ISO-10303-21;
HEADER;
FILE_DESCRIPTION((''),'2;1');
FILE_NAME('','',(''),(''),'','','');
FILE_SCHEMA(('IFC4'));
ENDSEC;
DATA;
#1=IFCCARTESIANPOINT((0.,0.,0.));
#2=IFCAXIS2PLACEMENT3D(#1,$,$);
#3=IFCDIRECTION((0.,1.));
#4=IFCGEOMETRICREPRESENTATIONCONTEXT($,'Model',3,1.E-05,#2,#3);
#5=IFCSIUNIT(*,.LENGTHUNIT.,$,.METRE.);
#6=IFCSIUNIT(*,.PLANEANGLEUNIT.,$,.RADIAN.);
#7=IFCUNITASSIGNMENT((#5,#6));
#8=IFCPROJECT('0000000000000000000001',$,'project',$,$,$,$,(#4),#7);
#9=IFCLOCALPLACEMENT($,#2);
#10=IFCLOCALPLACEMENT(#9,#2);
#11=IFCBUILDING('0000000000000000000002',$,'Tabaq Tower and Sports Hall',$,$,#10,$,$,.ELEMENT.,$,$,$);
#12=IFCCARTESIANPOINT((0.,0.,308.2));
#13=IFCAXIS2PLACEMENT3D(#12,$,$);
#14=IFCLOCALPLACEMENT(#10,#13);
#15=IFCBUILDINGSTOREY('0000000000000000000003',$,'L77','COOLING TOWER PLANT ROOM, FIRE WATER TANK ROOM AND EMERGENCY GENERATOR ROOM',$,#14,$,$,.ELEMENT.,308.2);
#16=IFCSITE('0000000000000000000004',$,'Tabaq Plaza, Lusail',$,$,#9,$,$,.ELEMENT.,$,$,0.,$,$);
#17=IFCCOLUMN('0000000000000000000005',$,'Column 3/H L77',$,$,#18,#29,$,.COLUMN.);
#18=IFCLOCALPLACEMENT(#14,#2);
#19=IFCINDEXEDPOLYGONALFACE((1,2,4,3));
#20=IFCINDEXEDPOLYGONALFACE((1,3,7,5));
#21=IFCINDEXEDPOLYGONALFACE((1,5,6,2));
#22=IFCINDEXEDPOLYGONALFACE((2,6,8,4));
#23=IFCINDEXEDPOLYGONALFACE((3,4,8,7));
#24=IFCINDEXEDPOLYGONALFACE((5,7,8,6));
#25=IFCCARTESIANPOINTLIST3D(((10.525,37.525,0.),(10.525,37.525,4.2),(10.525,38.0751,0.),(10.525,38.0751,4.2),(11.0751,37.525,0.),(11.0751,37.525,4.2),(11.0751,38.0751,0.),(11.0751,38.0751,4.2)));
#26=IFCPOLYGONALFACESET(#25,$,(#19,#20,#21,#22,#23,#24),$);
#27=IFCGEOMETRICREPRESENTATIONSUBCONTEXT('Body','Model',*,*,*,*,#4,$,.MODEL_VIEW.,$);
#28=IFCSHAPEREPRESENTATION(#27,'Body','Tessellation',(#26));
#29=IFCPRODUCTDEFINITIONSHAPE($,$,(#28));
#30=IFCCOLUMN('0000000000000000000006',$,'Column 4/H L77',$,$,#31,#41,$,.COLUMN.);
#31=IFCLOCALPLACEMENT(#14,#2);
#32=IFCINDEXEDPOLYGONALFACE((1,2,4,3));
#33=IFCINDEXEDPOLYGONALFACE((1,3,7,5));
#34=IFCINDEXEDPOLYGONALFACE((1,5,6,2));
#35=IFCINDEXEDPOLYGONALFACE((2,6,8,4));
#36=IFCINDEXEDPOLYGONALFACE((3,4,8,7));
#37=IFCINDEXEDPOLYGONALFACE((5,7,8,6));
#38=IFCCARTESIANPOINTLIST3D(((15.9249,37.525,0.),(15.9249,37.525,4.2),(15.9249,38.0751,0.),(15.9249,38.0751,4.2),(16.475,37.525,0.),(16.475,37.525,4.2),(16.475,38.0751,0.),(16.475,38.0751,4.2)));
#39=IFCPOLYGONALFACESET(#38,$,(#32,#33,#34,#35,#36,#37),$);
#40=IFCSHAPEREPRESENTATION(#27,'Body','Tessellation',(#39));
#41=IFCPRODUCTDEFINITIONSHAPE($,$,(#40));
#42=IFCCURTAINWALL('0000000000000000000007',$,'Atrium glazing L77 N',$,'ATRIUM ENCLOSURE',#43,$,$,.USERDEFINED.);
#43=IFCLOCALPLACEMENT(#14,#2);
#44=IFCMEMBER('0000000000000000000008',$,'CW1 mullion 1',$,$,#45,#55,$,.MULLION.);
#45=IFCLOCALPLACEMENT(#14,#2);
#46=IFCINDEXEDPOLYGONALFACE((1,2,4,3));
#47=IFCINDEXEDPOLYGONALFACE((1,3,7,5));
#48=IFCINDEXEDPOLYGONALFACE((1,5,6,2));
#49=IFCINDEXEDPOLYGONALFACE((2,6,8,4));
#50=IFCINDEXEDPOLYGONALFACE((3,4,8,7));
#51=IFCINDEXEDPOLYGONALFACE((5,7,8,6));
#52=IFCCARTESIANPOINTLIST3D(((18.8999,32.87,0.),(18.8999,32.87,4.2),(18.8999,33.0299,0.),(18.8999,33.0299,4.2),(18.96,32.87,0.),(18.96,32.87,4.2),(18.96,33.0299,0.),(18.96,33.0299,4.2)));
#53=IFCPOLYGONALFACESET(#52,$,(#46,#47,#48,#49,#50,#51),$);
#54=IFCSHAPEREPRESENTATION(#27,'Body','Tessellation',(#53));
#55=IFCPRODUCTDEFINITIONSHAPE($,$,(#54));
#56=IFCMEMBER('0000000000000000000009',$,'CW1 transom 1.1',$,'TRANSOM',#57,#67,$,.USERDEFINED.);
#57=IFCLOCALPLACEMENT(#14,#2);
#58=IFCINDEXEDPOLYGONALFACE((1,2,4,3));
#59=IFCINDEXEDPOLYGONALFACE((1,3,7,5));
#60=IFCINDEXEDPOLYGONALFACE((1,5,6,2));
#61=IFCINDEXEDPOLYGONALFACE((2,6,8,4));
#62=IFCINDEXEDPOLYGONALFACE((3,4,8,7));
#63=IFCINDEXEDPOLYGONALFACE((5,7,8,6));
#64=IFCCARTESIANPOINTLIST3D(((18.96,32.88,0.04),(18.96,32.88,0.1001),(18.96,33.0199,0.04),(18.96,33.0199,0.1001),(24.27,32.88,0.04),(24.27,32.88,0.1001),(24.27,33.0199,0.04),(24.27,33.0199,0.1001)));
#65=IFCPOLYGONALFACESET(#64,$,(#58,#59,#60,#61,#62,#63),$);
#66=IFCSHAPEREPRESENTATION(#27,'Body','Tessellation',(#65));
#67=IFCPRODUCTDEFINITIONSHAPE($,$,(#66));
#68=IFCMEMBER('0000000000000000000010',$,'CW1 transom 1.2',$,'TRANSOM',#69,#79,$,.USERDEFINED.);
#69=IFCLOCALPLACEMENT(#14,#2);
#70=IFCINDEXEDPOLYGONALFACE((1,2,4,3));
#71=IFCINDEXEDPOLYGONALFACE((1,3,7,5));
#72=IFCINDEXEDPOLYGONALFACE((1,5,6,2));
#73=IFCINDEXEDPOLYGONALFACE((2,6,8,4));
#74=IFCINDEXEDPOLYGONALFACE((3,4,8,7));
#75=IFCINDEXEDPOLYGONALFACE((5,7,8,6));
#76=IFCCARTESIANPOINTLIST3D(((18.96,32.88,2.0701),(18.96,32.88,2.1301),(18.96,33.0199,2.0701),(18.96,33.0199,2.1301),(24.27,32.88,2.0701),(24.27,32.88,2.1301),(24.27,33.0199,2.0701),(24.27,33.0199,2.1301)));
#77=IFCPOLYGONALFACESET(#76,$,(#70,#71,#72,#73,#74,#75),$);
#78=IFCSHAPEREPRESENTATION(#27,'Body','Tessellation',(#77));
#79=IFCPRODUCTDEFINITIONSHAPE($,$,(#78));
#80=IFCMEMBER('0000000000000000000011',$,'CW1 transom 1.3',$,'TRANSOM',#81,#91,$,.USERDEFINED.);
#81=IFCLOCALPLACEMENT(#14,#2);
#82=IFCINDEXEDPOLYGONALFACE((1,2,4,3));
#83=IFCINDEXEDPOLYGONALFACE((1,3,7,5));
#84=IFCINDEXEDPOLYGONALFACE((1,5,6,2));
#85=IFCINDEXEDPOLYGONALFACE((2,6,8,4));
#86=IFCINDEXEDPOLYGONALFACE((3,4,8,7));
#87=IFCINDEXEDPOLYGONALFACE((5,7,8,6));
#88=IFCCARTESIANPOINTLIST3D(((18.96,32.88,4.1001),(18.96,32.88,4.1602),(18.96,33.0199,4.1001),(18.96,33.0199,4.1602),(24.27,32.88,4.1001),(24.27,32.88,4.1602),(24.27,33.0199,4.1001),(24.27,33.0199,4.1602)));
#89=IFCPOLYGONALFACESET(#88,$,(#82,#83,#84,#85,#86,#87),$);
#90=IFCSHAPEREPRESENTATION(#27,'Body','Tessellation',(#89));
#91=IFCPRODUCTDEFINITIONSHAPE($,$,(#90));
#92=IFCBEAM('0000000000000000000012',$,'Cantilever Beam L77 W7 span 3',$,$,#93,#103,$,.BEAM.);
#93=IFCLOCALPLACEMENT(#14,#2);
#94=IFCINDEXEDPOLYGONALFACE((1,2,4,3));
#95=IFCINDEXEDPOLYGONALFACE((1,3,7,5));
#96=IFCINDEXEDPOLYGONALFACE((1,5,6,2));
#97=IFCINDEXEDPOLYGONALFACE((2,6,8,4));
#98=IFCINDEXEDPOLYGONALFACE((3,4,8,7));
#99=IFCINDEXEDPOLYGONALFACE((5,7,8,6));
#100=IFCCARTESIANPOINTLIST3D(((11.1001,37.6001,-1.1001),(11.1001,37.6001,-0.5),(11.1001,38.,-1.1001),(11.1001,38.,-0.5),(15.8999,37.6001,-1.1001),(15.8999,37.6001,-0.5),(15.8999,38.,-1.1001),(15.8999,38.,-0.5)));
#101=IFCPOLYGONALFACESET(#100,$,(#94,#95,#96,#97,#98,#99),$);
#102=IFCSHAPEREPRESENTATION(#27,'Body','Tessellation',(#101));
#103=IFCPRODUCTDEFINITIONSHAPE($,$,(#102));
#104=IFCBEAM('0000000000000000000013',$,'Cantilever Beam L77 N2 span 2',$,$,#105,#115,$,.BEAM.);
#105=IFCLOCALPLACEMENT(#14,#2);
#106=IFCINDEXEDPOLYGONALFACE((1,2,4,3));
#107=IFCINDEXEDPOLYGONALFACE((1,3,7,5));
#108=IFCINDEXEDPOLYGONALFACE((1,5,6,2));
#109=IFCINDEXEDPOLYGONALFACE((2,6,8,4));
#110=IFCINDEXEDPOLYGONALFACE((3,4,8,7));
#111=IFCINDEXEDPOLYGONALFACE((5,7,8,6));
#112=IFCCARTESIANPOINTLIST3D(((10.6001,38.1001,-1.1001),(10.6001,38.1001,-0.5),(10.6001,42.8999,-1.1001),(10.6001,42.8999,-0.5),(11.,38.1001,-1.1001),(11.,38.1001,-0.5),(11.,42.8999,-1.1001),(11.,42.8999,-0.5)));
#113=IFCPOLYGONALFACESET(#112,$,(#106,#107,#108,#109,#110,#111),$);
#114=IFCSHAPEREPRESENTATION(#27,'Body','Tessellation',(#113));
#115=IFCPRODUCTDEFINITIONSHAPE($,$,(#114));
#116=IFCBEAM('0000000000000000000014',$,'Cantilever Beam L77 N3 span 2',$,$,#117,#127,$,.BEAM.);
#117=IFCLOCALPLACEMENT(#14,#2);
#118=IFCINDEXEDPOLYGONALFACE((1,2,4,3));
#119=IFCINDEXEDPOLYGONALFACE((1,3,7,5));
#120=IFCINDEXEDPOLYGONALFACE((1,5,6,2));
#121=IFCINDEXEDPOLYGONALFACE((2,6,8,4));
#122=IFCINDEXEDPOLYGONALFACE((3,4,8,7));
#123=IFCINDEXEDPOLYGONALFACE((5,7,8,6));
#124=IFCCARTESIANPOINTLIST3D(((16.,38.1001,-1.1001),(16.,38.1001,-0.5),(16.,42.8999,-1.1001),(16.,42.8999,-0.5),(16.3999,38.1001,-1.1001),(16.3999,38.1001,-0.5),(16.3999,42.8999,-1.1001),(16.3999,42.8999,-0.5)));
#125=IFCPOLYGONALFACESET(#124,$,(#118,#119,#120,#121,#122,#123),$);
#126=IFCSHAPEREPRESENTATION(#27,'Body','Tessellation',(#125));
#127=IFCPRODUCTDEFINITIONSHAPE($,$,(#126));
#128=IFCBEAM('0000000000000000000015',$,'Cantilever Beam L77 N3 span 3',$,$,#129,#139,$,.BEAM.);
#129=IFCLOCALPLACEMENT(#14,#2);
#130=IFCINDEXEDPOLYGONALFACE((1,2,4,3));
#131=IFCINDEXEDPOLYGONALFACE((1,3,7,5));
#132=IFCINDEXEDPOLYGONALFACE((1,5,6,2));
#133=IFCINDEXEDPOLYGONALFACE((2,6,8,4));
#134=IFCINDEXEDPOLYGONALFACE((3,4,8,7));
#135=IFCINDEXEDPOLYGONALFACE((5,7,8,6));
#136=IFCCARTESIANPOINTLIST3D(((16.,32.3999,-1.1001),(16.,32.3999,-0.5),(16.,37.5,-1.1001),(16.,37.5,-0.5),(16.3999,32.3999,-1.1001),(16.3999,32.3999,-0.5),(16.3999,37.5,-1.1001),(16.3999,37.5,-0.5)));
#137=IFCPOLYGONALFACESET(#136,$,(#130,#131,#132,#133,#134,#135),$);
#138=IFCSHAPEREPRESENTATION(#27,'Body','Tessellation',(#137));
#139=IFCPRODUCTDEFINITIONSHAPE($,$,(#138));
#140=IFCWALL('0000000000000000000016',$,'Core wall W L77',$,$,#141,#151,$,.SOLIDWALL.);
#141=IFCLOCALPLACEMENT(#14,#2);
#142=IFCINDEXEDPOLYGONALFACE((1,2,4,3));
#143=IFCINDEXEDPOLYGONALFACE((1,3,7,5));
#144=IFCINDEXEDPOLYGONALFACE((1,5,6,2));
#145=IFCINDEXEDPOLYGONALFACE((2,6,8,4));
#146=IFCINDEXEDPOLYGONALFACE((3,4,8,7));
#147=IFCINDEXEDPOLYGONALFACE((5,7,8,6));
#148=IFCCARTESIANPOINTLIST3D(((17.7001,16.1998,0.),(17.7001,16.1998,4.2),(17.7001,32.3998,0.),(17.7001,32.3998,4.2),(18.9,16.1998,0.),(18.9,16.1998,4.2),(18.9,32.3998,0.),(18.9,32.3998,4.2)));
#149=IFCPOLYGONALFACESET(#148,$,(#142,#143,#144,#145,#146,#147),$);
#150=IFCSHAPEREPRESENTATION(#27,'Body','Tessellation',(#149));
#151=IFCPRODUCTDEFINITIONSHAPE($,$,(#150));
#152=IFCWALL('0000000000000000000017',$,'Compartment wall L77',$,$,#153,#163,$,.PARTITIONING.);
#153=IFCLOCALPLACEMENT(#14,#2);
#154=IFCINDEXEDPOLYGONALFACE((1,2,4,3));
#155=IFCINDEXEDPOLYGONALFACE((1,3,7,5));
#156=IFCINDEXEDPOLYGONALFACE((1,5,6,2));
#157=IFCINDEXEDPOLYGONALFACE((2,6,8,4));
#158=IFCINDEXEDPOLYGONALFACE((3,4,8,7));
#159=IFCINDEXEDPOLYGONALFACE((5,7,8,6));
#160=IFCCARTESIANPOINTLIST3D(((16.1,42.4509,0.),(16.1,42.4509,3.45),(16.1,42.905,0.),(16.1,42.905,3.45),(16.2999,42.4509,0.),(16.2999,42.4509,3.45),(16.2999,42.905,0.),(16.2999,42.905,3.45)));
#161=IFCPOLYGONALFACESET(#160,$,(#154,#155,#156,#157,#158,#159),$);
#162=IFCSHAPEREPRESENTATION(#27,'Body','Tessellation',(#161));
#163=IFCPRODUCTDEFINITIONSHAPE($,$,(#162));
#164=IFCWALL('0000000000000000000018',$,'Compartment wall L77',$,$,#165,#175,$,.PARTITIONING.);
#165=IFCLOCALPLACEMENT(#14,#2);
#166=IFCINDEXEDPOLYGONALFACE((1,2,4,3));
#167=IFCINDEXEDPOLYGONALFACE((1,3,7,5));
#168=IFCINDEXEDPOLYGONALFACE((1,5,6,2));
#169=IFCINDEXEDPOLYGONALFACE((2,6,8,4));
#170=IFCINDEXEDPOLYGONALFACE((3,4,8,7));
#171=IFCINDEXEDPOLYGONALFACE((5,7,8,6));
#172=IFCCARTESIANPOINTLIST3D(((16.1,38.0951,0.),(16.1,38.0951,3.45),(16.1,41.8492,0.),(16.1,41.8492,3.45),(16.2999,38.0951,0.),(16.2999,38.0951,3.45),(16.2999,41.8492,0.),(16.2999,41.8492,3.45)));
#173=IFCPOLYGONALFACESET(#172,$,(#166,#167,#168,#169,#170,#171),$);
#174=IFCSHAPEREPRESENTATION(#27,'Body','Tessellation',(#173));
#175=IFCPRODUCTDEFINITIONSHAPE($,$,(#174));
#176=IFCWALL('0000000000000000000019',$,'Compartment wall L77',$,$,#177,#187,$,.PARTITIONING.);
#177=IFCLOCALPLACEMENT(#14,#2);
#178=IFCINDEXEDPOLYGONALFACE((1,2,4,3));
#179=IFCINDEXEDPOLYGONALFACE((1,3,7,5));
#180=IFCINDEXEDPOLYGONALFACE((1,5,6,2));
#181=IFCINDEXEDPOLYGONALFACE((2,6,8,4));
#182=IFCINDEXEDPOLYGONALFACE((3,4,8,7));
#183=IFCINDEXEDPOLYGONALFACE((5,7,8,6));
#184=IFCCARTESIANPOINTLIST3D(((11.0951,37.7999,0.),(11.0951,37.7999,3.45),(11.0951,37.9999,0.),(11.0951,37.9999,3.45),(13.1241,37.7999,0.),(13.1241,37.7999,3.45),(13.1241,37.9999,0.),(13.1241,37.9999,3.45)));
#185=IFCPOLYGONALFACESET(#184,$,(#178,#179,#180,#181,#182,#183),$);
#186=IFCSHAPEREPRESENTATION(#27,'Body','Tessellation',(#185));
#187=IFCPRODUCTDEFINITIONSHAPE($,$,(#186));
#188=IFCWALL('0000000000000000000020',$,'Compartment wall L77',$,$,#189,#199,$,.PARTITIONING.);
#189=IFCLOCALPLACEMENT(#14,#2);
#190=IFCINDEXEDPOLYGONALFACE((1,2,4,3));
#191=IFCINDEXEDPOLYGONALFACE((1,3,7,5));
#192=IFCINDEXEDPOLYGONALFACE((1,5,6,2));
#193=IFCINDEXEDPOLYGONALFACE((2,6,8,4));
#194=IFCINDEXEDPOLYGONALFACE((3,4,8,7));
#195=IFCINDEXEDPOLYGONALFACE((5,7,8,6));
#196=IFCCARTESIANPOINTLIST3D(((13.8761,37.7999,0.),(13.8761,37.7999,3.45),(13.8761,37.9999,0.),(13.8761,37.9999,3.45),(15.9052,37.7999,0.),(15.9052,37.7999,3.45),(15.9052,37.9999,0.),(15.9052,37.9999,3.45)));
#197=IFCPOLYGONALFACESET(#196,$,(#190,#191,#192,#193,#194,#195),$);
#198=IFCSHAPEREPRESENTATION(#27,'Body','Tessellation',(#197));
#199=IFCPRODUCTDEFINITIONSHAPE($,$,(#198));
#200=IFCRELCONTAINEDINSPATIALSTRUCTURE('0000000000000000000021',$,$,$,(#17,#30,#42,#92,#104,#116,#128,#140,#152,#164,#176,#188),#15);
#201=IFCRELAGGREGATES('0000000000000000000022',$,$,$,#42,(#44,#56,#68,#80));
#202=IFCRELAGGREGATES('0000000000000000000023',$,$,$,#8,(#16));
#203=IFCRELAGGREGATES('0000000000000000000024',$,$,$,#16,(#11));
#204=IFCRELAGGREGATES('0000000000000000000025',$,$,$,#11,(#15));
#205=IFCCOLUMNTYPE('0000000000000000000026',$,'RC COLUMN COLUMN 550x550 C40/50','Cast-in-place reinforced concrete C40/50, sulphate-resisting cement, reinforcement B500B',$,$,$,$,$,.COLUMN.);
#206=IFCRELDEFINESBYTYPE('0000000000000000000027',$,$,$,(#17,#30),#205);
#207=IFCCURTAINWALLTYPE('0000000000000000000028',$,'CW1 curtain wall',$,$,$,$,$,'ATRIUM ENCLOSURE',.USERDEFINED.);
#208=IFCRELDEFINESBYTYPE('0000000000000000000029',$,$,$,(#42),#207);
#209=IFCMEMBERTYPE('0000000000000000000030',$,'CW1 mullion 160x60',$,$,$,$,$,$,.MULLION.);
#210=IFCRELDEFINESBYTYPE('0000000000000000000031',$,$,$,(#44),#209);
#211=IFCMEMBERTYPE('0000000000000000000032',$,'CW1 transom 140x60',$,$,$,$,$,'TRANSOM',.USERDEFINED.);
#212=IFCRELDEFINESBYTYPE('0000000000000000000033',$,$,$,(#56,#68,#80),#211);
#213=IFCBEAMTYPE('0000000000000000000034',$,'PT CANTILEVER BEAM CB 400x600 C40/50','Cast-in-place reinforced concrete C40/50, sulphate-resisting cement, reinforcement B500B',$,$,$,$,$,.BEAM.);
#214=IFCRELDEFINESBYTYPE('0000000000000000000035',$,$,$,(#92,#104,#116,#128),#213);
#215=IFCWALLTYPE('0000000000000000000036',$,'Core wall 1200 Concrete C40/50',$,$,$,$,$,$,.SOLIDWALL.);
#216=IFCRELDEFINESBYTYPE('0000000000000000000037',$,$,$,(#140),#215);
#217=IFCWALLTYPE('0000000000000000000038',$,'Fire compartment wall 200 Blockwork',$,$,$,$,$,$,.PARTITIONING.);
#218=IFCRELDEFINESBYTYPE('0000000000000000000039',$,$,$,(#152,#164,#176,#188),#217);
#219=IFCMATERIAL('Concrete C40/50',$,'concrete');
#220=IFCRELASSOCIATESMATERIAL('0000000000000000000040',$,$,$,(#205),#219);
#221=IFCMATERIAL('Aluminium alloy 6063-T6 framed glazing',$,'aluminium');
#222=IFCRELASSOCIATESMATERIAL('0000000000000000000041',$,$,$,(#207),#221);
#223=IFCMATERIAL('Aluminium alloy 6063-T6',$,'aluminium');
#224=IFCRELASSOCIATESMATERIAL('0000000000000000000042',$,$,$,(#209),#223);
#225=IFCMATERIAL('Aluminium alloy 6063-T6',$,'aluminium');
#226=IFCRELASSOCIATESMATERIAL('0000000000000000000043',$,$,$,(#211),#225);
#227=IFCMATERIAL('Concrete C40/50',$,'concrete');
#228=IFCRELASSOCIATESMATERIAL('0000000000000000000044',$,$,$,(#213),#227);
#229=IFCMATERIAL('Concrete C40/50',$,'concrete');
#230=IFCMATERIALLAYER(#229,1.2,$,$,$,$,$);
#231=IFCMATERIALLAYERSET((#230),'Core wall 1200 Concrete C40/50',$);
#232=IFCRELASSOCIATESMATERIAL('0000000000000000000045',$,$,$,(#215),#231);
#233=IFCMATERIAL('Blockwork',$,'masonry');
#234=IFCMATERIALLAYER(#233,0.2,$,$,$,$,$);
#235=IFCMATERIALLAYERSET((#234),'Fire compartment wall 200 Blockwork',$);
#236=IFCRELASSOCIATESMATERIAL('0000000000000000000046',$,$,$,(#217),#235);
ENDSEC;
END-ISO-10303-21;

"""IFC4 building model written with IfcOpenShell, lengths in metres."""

from ifc_helpers import new_model, si_unit, direction, frame, frame_2d, origin, origin_2d, place, context, subcontext, project, spatial, rectangle, extrude, material, layer, layer_set, material_profile, profile_set, type_object, element, aggregate, save


model = new_model("IFC4")

# Units and contexts
model_context = context("Model", 3, precision=1e-05, world=origin(), true_north=direction((0.0, 1.0)))
body_context = subcontext(model_context, "Body", "Model", "MODEL_VIEW")
ifc_project = project(units=[si_unit("LENGTHUNIT", "METRE"), si_unit("PLANEANGLEUNIT", "RADIAN")], contexts=[model_context])

# Site, building, storey
site_placement = place(None, origin())
site = spatial("IfcSite", under=ifc_project, at=site_placement, Name="Tabaq Plaza, Lusail", CompositionType="ELEMENT", RefElevation=0.0)
building_placement = place(site_placement, origin())
building = spatial("IfcBuilding", under=site, at=building_placement, Name="Tabaq Tower and Sports Hall", CompositionType="ELEMENT")
storey_placement = place(building_placement, frame((0.0, 0.0, 308.2)))
storey = spatial("IfcBuildingStorey", under=building, at=storey_placement, Name="L77", Description="COOLING TOWER PLANT ROOM, FIRE WATER TANK ROOM AND EMERGENCY GENERATOR ROOM", CompositionType="ELEMENT", Elevation=308.2)

# Columns
ifc_material_1 = material(Name="Concrete C40/50", Category="concrete")
ifc_material_profile_1 = material_profile(ifc_material_1, rectangle(XDim=0.55, YDim=0.55, at=origin_2d()), Name="COLUMN 550x550")
ifc_profile_set_1 = profile_set([ifc_material_profile_1], Name="Concrete C40/50")
column_type = type_object("IfcColumnType", Name="RC COLUMN COLUMN 550x550 C40/50", Description="Cast-in-place reinforced concrete C40/50, sulphate-resisting cement, reinforcement B500B", PredefinedType="COLUMN", material=ifc_profile_set_1)
for number, where, z_axis, x_axis, name in (
    (1, (10.8, 37.8, 0.0), (0.0, 0.0, 1.0), (1.0, 0.0, 0.0), "Column 3/H L77"),
    (2, (16.2, 37.8, 0.0), (0.0, 0.0, 1.0), (1.0, 0.0, 0.0), "Column 4/H L77"),
):
    element("IfcColumn", number, at=place(storey_placement, frame(where, z_axis=z_axis, x_axis=x_axis)), inside=storey, type_object=column_type, Name=name, PredefinedType="COLUMN", context=body_context, shape_type="SweptSolid", body=[
        extrude(rectangle(XDim=0.55, YDim=0.55, at=origin_2d()), origin(), (0.0, 0.0, 1.0), 4.2),
    ])

# Curtain wall, members
ifc_material_2 = material(Name="Aluminium alloy 6063-T6 framed glazing", Category="aluminium")
curtain_wall_type = type_object("IfcCurtainWallType", Name="CW1 curtain wall", ElementType="ATRIUM ENCLOSURE", PredefinedType="USERDEFINED", material=ifc_material_2)
curtain_wall_placement = place(storey_placement, origin())
curtain_wall = element("IfcCurtainWall", 3, at=curtain_wall_placement, inside=storey, type_object=curtain_wall_type, Name="Atrium glazing L77 N", ObjectType="ATRIUM ENCLOSURE", PredefinedType="USERDEFINED")
ifc_material_3 = material(Name="Aluminium alloy 6063-T6", Category="aluminium")
ifc_material_profile_2 = material_profile(ifc_material_3, rectangle(XDim=0.1599, YDim=0.0601, at=origin_2d()), Name="MULLION 160x60")
ifc_profile_set_2 = profile_set([ifc_material_profile_2], Name="Aluminium alloy 6063-T6")
member_type_1 = type_object("IfcMemberType", Name="CW1 mullion 160x60", PredefinedType="MULLION", material=ifc_profile_set_2)
member_1_placement = place(storey_placement, frame((18.9299, 32.95, 0.0), z_axis=(0.0, 0.0, 1.0), x_axis=(0.0, 1.0, 0.0)))
member_1 = element("IfcMember", 4, at=member_1_placement, type_object=member_type_1, Name="CW1 mullion 1", PredefinedType="MULLION", context=body_context, shape_type="SweptSolid", body=[
    extrude(rectangle(XDim=0.1599, YDim=0.0601, at=origin_2d()), origin(), (0.0, 0.0, 1.0), 4.2),
])
ifc_material_4 = material(Name="Aluminium alloy 6063-T6", Category="aluminium")
ifc_material_profile_3 = material_profile(ifc_material_4, rectangle(XDim=0.1399, YDim=0.0601, at=origin_2d()), Name="TRANSOM 140x60")
ifc_profile_set_3 = profile_set([ifc_material_profile_3], Name="Aluminium alloy 6063-T6")
member_type_2 = type_object("IfcMemberType", Name="CW1 transom 140x60", ElementType="TRANSOM", PredefinedType="USERDEFINED", material=ifc_profile_set_3)
member_2_placement = place(storey_placement, frame((18.96, 32.95, 0.0701), z_axis=(1.0, 0.0, 0.0), x_axis=(0.0, 1.0, 0.0)))
member_2 = element("IfcMember", 5, at=member_2_placement, type_object=member_type_2, Name="CW1 transom 1.1", ObjectType="TRANSOM", PredefinedType="USERDEFINED", context=body_context, shape_type="SweptSolid", body=[
    extrude(rectangle(XDim=0.1399, YDim=0.0601, at=origin_2d()), origin(), (0.0, 0.0, 1.0), 5.3101),
])
member_3_placement = place(storey_placement, frame((18.96, 32.95, 2.1001), z_axis=(1.0, 0.0, 0.0), x_axis=(0.0, 1.0, 0.0)))
member_3 = element("IfcMember", 6, at=member_3_placement, type_object=member_type_2, Name="CW1 transom 1.2", ObjectType="TRANSOM", PredefinedType="USERDEFINED", context=body_context, shape_type="SweptSolid", body=[
    extrude(rectangle(XDim=0.1399, YDim=0.0601, at=origin_2d()), origin(), (0.0, 0.0, 1.0), 5.3101),
])
member_4_placement = place(storey_placement, frame((18.96, 32.95, 4.1301), z_axis=(1.0, 0.0, 0.0), x_axis=(0.0, 1.0, 0.0)))
member_4 = element("IfcMember", 7, at=member_4_placement, type_object=member_type_2, Name="CW1 transom 1.3", ObjectType="TRANSOM", PredefinedType="USERDEFINED", context=body_context, shape_type="SweptSolid", body=[
    extrude(rectangle(XDim=0.1399, YDim=0.0601, at=origin_2d()), origin(), (0.0, 0.0, 1.0), 5.3101),
])
aggregate(curtain_wall, [member_1, member_2, member_3, member_4])

# Beams
ifc_material_5 = material(Name="Concrete C40/50", Category="concrete")
ifc_material_profile_4 = material_profile(ifc_material_5, rectangle(XDim=0.3999, YDim=0.6001, at=origin_2d()), Name="CB 400x600")
ifc_profile_set_4 = profile_set([ifc_material_profile_4], Name="Concrete C40/50")
beam_type = type_object("IfcBeamType", Name="PT CANTILEVER BEAM CB 400x600 C40/50", Description="Cast-in-place reinforced concrete C40/50, sulphate-resisting cement, reinforcement B500B", PredefinedType="BEAM", material=ifc_profile_set_4)
for number, where, z_axis, x_axis, name in (
    (8, (11.1001, 37.8, -0.8), (1.0, 0.0, 0.0), (0.0, 1.0, 0.0), "Cantilever Beam L77 W7 span 3"),
    (9, (10.8, 42.8999, -0.8), (0.0, -1.0, 0.0), (1.0, 0.0, 0.0), "Cantilever Beam L77 N2 span 2"),
    (10, (16.2, 42.8999, -0.8), (0.0, -1.0, 0.0), (1.0, 0.0, 0.0), "Cantilever Beam L77 N3 span 2"),
):
    element("IfcBeam", number, at=place(storey_placement, frame(where, z_axis=z_axis, x_axis=x_axis)), inside=storey, type_object=beam_type, Name=name, PredefinedType="BEAM", context=body_context, shape_type="SweptSolid", body=[
        extrude(rectangle(XDim=0.3999, YDim=0.6001, at=origin_2d()), origin(), (0.0, 0.0, 1.0), 4.7998),
    ])
beam_placement = place(storey_placement, frame((16.2, 37.5, -0.8), z_axis=(0.0, -1.0, 0.0), x_axis=(1.0, 0.0, 0.0)))
element("IfcBeam", 11, at=beam_placement, inside=storey, type_object=beam_type, Name="Cantilever Beam L77 N3 span 3", PredefinedType="BEAM", context=body_context, shape_type="SweptSolid", body=[
    extrude(rectangle(XDim=0.3999, YDim=0.6001, at=origin_2d()), origin(), (0.0, 0.0, 1.0), 5.1001),
])

# Walls
ifc_material_6 = material(Name="Concrete C40/50", Category="concrete")
ifc_layer_1 = layer(ifc_material_6, 1.2)
ifc_layer_set_1 = layer_set([ifc_layer_1], Name="Core wall 1200 Concrete C40/50")
wall_type_1 = type_object("IfcWallType", Name="Core wall 1200 Concrete C40/50", PredefinedType="SOLIDWALL", material=ifc_layer_set_1)
wall_1_placement = place(storey_placement, frame((18.3, 32.3999, 0.0), z_axis=(0.0, 0.0, 1.0), x_axis=(0.0, -1.0, 0.0)))
element("IfcWall", 12, at=wall_1_placement, inside=storey, type_object=wall_type_1, Name="Core wall W L77", PredefinedType="SOLIDWALL", context=body_context, shape_type="SweptSolid", body=[
    extrude(rectangle(XDim=16.2, YDim=1.2, at=frame_2d((8.1001, 0.0))), origin(), (0.0, 0.0, 1.0), 4.2),
])
ifc_material_7 = material(Name="Blockwork", Category="masonry")
ifc_layer_2 = layer(ifc_material_7, 0.2)
ifc_layer_set_2 = layer_set([ifc_layer_2], Name="Fire compartment wall 200 Blockwork")
wall_type_2 = type_object("IfcWallType", Name="Fire compartment wall 200 Blockwork", PredefinedType="PARTITIONING", material=ifc_layer_set_2)
wall_2_placement = place(storey_placement, frame((16.2, 42.905, 0.0), z_axis=(0.0, 0.0, 1.0), x_axis=(0.0, -1.0, 0.0)))
element("IfcWall", 13, at=wall_2_placement, inside=storey, type_object=wall_type_2, Name="Compartment wall L77", PredefinedType="PARTITIONING", context=body_context, shape_type="SweptSolid", body=[
    extrude(rectangle(XDim=0.4541, YDim=0.2, at=frame_2d((0.2271, 0.0))), origin(), (0.0, 0.0, 1.0), 3.45),
])
wall_3_placement = place(storey_placement, frame((16.2, 41.8491, 0.0), z_axis=(0.0, 0.0, 1.0), x_axis=(0.0, -1.0, 0.0)))
element("IfcWall", 14, at=wall_3_placement, inside=storey, type_object=wall_type_2, Name="Compartment wall L77", PredefinedType="PARTITIONING", context=body_context, shape_type="SweptSolid", body=[
    extrude(rectangle(XDim=3.7542, YDim=0.2, at=frame_2d((1.877, 0.0))), origin(), (0.0, 0.0, 1.0), 3.45),
])

# Walls
for number, where, z_axis, x_axis, name in (
    (15, (11.095, 37.8999, 0.0), (0.0, 0.0, 1.0), (1.0, 0.0, 0.0), "Compartment wall L77"),
    (16, (13.876, 37.8999, 0.0), (0.0, 0.0, 1.0), (1.0, 0.0, 0.0), "Compartment wall L77"),
):
    element("IfcWall", number, at=place(storey_placement, frame(where, z_axis=z_axis, x_axis=x_axis)), inside=storey, type_object=wall_type_2, Name=name, PredefinedType="PARTITIONING", context=body_context, shape_type="SweptSolid", body=[
        extrude(rectangle(XDim=2.0291, YDim=0.2, at=frame_2d((1.0146, 0.0))), origin(), (0.0, 0.0, 1.0), 3.45),
    ])

save(model, "model.ifc")
